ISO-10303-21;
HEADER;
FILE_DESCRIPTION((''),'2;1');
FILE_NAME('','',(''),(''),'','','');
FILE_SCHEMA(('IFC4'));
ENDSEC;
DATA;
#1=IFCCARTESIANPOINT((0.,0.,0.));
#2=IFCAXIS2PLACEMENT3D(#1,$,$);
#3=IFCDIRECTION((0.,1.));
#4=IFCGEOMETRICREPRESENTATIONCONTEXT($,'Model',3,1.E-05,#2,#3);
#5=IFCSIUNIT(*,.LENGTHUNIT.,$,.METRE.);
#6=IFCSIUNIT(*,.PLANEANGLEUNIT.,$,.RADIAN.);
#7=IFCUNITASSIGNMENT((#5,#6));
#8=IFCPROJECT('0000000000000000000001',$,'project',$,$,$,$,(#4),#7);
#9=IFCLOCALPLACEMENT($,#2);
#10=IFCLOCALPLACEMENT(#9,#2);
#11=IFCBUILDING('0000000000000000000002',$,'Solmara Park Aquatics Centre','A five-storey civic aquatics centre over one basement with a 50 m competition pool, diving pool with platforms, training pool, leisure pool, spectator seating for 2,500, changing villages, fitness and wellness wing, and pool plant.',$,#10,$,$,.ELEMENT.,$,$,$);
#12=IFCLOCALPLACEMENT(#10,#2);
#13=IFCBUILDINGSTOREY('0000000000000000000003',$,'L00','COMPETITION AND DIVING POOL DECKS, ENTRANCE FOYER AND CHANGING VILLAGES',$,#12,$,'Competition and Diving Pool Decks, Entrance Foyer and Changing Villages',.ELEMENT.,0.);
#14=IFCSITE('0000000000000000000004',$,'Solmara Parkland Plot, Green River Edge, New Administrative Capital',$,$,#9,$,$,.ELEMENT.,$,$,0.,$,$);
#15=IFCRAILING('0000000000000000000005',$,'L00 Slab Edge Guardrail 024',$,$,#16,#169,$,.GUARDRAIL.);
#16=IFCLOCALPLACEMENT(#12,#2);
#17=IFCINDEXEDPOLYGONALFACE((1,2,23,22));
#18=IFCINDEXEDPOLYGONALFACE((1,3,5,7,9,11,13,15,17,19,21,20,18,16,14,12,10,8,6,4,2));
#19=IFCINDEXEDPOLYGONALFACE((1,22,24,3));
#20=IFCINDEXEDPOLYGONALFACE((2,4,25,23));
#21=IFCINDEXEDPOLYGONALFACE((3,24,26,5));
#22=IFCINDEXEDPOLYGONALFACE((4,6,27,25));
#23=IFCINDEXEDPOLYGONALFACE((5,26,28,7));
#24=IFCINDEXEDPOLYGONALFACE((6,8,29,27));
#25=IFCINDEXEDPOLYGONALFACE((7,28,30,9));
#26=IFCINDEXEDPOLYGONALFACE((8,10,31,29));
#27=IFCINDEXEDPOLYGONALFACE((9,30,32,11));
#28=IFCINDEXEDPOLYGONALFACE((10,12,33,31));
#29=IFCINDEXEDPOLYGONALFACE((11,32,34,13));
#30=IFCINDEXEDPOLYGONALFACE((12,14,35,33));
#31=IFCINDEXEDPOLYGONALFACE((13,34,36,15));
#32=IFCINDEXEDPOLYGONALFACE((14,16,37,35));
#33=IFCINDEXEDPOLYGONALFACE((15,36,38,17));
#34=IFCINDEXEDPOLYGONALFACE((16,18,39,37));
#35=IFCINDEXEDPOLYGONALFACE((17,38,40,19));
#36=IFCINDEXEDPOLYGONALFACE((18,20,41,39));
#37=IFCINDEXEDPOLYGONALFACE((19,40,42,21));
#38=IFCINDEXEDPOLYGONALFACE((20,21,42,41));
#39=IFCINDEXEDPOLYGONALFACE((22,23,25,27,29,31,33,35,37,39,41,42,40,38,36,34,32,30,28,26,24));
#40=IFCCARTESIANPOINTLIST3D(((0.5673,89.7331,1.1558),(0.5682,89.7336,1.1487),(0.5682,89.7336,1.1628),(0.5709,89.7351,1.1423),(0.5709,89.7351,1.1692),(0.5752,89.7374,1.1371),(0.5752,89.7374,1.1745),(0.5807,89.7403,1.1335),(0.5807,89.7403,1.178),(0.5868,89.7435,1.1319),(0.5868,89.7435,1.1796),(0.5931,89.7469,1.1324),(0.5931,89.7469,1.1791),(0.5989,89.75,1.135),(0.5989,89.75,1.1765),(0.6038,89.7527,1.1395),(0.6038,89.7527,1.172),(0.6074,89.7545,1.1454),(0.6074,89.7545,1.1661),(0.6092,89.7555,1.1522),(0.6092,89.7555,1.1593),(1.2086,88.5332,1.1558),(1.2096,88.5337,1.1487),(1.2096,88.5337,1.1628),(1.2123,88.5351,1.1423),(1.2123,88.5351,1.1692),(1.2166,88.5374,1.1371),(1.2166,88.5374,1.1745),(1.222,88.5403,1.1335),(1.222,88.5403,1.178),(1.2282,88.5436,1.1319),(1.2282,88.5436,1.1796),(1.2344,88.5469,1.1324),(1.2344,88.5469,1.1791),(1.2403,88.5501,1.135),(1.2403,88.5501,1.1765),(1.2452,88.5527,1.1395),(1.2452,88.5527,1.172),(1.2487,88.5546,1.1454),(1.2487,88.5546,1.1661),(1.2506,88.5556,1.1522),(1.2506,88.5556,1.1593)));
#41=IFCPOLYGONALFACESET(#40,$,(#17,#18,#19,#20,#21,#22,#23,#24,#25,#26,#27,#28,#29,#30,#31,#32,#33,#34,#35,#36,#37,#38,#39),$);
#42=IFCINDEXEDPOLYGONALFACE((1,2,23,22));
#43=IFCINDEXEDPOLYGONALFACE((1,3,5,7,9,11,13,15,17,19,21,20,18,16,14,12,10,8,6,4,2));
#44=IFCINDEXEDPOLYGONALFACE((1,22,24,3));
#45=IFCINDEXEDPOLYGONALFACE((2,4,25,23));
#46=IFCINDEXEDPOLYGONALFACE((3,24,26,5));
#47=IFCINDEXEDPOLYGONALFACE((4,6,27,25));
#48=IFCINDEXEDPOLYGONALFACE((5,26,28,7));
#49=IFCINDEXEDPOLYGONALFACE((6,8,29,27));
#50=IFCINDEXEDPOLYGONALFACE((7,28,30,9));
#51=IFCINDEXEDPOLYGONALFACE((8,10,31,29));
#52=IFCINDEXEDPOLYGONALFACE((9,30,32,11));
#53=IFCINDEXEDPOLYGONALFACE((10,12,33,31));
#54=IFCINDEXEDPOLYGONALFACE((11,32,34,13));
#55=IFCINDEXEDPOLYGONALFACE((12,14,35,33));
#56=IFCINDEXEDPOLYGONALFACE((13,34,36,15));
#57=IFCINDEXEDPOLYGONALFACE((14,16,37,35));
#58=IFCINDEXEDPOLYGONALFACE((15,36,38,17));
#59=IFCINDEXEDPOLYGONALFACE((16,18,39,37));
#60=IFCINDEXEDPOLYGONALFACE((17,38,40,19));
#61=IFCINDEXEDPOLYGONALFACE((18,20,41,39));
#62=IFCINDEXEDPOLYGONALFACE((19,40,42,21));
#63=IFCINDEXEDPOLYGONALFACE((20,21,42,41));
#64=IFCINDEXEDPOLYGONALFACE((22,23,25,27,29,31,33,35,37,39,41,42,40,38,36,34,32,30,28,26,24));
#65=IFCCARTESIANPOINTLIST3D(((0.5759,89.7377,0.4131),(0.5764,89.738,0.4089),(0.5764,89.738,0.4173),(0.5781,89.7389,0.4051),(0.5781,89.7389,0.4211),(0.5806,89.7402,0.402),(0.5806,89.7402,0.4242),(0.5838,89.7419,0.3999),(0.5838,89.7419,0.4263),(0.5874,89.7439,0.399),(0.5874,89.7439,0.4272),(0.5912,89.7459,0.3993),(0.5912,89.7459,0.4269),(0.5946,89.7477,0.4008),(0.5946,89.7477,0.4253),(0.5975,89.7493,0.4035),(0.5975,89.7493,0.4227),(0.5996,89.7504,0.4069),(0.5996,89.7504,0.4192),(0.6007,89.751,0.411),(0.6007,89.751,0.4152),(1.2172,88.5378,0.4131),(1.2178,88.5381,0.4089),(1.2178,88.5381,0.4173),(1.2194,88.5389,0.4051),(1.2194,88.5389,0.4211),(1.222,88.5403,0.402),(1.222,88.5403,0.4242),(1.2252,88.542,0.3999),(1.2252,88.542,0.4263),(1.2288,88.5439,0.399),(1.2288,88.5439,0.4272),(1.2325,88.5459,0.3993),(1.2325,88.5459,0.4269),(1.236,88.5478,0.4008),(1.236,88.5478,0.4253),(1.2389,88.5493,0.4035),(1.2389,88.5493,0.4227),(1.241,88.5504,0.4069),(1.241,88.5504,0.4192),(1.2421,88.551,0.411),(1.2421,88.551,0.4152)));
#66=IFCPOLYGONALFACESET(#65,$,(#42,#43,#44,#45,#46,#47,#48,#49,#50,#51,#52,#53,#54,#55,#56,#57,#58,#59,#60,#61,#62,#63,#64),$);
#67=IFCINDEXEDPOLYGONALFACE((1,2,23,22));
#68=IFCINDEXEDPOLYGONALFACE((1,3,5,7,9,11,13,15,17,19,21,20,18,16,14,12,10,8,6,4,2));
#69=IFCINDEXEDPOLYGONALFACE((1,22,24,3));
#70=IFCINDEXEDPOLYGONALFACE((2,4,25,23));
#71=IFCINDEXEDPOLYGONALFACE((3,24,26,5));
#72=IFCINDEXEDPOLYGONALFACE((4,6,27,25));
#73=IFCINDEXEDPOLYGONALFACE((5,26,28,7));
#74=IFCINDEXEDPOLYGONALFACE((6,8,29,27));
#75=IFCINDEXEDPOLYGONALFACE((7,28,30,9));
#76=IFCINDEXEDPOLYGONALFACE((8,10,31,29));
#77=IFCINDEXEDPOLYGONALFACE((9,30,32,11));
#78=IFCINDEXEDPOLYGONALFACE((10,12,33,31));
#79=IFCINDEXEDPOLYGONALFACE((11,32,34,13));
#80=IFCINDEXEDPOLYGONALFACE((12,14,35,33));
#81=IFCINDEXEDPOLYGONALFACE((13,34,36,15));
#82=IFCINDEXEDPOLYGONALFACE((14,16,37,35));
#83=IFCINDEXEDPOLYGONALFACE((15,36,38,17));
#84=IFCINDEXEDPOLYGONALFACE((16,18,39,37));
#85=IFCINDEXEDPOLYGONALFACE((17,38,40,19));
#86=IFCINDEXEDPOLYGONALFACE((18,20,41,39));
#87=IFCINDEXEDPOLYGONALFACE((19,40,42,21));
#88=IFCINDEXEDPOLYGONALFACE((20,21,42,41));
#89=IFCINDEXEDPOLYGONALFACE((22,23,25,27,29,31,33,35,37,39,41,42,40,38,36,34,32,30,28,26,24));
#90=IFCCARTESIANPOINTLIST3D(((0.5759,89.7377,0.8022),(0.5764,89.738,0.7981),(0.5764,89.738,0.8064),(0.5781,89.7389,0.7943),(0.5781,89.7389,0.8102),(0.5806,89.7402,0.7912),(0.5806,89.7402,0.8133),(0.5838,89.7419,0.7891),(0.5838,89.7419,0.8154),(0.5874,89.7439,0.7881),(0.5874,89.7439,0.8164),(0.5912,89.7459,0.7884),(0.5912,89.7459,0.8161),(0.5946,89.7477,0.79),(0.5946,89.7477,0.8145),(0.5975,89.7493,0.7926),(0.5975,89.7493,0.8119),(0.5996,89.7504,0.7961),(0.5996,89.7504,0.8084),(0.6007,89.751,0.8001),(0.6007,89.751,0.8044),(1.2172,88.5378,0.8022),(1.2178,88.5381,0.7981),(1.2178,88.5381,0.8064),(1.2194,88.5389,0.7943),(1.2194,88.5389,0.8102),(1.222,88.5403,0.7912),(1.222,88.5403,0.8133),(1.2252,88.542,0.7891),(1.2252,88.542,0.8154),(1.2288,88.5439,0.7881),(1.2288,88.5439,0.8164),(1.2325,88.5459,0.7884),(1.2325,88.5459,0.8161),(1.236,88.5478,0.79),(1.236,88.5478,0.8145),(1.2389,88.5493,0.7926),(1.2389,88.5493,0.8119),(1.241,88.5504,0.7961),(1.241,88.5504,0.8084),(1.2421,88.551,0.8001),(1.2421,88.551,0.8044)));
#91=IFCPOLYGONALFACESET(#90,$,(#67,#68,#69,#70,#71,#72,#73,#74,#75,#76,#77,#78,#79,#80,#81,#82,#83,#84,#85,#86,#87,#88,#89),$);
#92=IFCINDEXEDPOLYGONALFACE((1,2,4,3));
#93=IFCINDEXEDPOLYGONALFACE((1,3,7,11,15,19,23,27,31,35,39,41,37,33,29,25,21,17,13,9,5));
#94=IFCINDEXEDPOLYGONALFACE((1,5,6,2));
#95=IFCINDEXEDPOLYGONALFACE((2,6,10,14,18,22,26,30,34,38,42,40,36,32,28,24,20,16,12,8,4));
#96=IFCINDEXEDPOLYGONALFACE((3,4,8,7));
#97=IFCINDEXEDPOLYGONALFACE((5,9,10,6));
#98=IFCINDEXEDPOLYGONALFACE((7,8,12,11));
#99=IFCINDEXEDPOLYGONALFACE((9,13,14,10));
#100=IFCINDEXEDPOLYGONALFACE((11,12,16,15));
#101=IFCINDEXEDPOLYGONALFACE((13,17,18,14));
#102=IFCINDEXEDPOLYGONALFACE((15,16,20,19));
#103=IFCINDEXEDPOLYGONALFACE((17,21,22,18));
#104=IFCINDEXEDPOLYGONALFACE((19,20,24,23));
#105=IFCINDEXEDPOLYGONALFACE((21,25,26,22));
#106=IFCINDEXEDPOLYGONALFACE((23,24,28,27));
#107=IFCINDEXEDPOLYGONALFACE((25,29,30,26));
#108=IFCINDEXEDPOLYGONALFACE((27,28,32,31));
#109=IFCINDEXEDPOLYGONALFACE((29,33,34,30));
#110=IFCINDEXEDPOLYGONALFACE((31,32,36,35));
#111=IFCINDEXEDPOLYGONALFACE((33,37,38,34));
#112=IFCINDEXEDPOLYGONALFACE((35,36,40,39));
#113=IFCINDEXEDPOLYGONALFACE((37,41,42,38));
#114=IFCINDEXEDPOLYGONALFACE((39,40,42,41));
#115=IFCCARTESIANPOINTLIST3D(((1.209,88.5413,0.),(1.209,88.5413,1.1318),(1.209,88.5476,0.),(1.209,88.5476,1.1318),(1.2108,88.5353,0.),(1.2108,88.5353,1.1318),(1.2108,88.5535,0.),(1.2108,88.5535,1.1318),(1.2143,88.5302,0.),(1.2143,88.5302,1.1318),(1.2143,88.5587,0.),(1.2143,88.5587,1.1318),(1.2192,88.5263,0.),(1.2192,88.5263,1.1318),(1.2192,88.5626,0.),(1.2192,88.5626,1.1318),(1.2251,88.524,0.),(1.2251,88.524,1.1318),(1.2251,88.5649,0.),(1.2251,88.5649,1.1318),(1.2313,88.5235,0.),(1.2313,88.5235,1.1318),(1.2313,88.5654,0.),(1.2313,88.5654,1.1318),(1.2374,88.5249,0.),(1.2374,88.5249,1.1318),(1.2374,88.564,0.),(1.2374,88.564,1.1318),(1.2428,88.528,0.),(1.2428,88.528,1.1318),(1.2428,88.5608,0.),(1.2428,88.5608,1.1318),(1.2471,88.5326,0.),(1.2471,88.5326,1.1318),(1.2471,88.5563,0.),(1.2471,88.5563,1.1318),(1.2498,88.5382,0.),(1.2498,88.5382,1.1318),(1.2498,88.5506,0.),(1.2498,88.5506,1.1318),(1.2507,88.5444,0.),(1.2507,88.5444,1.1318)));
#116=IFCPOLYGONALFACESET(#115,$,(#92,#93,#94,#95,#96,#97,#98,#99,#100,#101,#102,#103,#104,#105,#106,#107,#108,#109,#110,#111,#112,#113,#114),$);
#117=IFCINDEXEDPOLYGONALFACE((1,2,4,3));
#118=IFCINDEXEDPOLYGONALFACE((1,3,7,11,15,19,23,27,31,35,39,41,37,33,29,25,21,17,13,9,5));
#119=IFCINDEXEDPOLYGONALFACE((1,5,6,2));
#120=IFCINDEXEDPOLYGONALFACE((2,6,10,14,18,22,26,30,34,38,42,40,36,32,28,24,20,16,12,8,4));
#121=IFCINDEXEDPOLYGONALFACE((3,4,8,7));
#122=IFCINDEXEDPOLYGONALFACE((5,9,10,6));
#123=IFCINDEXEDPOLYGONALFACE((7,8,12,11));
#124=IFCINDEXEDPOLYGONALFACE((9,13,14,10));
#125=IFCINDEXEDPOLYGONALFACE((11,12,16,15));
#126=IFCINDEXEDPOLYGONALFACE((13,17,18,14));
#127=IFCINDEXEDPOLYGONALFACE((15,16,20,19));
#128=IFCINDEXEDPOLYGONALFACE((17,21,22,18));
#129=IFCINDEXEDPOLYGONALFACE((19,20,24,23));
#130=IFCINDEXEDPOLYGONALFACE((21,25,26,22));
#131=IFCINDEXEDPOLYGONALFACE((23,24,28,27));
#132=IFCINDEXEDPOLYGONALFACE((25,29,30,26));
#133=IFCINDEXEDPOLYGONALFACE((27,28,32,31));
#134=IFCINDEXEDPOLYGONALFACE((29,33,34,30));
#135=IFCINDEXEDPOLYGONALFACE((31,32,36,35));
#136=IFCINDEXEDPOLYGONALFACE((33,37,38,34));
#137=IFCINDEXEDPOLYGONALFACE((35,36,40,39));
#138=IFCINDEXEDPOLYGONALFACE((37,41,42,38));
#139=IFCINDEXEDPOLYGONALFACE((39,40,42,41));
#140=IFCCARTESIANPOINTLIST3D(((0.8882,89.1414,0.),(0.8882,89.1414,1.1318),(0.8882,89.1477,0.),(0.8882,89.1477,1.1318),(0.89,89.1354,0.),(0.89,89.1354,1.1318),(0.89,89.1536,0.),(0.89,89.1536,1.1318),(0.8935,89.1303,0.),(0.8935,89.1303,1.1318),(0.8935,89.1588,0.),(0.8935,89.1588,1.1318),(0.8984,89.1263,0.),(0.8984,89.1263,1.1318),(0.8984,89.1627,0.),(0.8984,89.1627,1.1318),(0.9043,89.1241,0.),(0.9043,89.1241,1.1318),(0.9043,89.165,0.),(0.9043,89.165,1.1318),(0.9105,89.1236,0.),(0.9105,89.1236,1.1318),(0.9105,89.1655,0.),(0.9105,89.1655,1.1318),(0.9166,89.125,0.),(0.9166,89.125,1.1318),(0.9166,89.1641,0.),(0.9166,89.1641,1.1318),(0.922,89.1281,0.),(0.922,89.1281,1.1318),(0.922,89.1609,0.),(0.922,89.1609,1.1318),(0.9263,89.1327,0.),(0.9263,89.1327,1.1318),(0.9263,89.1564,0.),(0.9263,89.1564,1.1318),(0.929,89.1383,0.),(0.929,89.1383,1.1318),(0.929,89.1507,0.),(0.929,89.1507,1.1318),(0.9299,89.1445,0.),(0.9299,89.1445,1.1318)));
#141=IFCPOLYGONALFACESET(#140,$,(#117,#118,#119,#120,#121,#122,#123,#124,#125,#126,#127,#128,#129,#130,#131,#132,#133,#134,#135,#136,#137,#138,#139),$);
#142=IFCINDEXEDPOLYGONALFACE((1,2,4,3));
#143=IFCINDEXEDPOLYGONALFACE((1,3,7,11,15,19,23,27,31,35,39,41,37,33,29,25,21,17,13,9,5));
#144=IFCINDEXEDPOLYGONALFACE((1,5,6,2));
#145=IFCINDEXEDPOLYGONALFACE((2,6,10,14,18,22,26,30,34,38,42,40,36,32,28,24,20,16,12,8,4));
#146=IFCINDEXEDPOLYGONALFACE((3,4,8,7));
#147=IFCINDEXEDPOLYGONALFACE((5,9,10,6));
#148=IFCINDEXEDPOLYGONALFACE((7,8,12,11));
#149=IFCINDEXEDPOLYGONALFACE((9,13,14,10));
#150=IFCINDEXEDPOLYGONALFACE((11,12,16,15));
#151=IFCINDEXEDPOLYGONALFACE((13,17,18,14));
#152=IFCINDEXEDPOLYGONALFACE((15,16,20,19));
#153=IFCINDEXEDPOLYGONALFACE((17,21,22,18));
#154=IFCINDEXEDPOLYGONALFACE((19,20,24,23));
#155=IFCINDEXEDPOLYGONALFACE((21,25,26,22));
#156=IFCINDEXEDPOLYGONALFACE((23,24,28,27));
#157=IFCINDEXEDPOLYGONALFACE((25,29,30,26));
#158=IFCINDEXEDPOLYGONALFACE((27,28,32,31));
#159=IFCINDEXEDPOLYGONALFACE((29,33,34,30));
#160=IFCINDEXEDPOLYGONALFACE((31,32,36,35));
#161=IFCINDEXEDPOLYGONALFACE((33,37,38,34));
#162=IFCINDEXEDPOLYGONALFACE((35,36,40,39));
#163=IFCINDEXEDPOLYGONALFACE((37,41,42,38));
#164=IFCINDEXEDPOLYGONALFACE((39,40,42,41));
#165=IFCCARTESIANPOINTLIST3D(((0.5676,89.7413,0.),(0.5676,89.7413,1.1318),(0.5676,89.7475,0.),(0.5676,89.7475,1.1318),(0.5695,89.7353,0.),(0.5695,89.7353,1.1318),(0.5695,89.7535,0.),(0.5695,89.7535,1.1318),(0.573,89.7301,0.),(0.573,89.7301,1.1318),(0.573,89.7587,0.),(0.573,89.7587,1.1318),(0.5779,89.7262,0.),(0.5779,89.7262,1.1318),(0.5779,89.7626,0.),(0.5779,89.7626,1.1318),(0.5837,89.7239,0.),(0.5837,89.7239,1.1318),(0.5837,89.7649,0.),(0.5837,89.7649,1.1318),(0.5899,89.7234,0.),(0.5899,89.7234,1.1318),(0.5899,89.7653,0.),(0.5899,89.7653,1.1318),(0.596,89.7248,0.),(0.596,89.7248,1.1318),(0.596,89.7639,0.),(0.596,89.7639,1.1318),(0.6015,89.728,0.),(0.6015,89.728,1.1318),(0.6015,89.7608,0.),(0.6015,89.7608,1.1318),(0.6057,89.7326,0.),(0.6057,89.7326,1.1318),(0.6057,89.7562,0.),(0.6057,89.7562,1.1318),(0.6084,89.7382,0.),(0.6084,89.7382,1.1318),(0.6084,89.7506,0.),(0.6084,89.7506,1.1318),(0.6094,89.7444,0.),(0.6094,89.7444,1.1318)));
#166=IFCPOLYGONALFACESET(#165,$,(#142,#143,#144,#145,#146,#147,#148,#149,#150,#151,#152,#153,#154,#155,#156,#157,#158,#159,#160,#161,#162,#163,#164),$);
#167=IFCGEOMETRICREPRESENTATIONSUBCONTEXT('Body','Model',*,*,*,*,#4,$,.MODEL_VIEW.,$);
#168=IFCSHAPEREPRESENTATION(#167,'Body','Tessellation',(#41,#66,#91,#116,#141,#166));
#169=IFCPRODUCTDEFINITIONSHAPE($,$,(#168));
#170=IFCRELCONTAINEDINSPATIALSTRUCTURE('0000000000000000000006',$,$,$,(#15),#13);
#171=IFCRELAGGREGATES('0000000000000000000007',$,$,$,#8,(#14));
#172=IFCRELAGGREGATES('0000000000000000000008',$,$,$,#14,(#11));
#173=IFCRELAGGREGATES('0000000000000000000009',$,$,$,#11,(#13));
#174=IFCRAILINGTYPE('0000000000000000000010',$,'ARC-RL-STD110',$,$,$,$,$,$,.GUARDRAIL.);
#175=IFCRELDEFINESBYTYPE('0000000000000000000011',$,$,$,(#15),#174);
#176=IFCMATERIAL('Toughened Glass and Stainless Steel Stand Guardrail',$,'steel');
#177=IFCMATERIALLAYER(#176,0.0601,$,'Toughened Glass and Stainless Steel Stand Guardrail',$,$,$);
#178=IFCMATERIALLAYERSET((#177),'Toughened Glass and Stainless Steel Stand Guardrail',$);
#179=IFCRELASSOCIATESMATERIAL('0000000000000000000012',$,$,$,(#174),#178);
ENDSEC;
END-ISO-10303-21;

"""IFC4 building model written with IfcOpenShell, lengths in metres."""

from ifc_helpers import new_model, si_unit, direction, frame, origin, origin_2d, place, context, subcontext, project, spatial, circle, extrude, material, layer, layer_set, type_object, element, save


model = new_model("IFC4")

# Units and contexts
model_context = context("Model", 3, precision=1e-05, world=origin(), true_north=direction((0.0, 1.0)))
body_context = subcontext(model_context, "Body", "Model", "MODEL_VIEW")
ifc_project = project(units=[si_unit("LENGTHUNIT", "METRE"), si_unit("PLANEANGLEUNIT", "RADIAN")], contexts=[model_context])

# Site, building, storey
site_placement = place(None, origin())
site = spatial("IfcSite", under=ifc_project, at=site_placement, Name="Solmara Parkland Plot, Green River Edge, New Administrative Capital", CompositionType="ELEMENT", RefElevation=0.0)
building_placement = place(site_placement, origin())
building = spatial("IfcBuilding", under=site, at=building_placement, Name="Solmara Park Aquatics Centre", Description="A five-storey civic aquatics centre over one basement with a 50 m competition pool, diving pool with platforms, training pool, leisure pool, spectator seating for 2,500, changing villages, fitness and wellness wing, and pool plant.", CompositionType="ELEMENT")
storey_placement = place(building_placement, origin())
storey = spatial("IfcBuildingStorey", under=building, at=storey_placement, Name="L00", Description="COMPETITION AND DIVING POOL DECKS, ENTRANCE FOYER AND CHANGING VILLAGES", LongName="Competition and Diving Pool Decks, Entrance Foyer and Changing Villages", CompositionType="ELEMENT", Elevation=0.0)

# Railing
ifc_material_1 = material(Name="Toughened Glass and Stainless Steel Stand Guardrail", Category="steel")
ifc_layer_1 = layer(ifc_material_1, 0.0601, Name="Toughened Glass and Stainless Steel Stand Guardrail")
ifc_layer_set_1 = layer_set([ifc_layer_1], Name="Toughened Glass and Stainless Steel Stand Guardrail")
railing_type_1 = type_object("IfcRailingType", Name="ARC-RL-STD110", PredefinedType="GUARDRAIL", material=ifc_layer_set_1)
railing_1_placement = place(storey_placement, frame((1.2297, 88.5444, 0.0)))
element("IfcRailing", 1, at=railing_1_placement, inside=storey, type_object=railing_type_1, Name="L00 Slab Edge Guardrail 024", PredefinedType="GUARDRAIL", context=body_context, shape_type="SweptSolid", body=[
    extrude(circle(Radius=0.0239, at=origin_2d()), frame((0.0, 0.0, 1.1558), z_axis=(-0.47138, 0.88193, 0.0), x_axis=(-0.88193, -0.47138, 0.0)), (0.0, 0.0, 1.0), 1.3606),
    extrude(circle(Radius=0.0142, at=origin_2d()), frame((0.0, 0.0, 0.4131), z_axis=(-0.47138, 0.88193, 0.0), x_axis=(-0.88193, -0.47138, 0.0)), (0.0, 0.0, 1.0), 1.3606),
    extrude(circle(Radius=0.0142, at=origin_2d()), frame((0.0, 0.0, 0.8022), z_axis=(-0.47138, 0.88193, 0.0), x_axis=(-0.88193, -0.47138, 0.0)), (0.0, 0.0, 1.0), 1.3606),
    extrude(circle(Radius=0.021, at=origin_2d()), origin(), (0.0, 0.0, 1.0), 1.1318),
    extrude(circle(Radius=0.021, at=origin_2d()), frame((-0.3208, 0.6001, 0.0)), (0.0, 0.0, 1.0), 1.1318),
    extrude(circle(Radius=0.021, at=origin_2d()), frame((-0.6414, 1.2, 0.0)), (0.0, 0.0, 1.0), 1.1318),
])

save(model, "model.ifc")
